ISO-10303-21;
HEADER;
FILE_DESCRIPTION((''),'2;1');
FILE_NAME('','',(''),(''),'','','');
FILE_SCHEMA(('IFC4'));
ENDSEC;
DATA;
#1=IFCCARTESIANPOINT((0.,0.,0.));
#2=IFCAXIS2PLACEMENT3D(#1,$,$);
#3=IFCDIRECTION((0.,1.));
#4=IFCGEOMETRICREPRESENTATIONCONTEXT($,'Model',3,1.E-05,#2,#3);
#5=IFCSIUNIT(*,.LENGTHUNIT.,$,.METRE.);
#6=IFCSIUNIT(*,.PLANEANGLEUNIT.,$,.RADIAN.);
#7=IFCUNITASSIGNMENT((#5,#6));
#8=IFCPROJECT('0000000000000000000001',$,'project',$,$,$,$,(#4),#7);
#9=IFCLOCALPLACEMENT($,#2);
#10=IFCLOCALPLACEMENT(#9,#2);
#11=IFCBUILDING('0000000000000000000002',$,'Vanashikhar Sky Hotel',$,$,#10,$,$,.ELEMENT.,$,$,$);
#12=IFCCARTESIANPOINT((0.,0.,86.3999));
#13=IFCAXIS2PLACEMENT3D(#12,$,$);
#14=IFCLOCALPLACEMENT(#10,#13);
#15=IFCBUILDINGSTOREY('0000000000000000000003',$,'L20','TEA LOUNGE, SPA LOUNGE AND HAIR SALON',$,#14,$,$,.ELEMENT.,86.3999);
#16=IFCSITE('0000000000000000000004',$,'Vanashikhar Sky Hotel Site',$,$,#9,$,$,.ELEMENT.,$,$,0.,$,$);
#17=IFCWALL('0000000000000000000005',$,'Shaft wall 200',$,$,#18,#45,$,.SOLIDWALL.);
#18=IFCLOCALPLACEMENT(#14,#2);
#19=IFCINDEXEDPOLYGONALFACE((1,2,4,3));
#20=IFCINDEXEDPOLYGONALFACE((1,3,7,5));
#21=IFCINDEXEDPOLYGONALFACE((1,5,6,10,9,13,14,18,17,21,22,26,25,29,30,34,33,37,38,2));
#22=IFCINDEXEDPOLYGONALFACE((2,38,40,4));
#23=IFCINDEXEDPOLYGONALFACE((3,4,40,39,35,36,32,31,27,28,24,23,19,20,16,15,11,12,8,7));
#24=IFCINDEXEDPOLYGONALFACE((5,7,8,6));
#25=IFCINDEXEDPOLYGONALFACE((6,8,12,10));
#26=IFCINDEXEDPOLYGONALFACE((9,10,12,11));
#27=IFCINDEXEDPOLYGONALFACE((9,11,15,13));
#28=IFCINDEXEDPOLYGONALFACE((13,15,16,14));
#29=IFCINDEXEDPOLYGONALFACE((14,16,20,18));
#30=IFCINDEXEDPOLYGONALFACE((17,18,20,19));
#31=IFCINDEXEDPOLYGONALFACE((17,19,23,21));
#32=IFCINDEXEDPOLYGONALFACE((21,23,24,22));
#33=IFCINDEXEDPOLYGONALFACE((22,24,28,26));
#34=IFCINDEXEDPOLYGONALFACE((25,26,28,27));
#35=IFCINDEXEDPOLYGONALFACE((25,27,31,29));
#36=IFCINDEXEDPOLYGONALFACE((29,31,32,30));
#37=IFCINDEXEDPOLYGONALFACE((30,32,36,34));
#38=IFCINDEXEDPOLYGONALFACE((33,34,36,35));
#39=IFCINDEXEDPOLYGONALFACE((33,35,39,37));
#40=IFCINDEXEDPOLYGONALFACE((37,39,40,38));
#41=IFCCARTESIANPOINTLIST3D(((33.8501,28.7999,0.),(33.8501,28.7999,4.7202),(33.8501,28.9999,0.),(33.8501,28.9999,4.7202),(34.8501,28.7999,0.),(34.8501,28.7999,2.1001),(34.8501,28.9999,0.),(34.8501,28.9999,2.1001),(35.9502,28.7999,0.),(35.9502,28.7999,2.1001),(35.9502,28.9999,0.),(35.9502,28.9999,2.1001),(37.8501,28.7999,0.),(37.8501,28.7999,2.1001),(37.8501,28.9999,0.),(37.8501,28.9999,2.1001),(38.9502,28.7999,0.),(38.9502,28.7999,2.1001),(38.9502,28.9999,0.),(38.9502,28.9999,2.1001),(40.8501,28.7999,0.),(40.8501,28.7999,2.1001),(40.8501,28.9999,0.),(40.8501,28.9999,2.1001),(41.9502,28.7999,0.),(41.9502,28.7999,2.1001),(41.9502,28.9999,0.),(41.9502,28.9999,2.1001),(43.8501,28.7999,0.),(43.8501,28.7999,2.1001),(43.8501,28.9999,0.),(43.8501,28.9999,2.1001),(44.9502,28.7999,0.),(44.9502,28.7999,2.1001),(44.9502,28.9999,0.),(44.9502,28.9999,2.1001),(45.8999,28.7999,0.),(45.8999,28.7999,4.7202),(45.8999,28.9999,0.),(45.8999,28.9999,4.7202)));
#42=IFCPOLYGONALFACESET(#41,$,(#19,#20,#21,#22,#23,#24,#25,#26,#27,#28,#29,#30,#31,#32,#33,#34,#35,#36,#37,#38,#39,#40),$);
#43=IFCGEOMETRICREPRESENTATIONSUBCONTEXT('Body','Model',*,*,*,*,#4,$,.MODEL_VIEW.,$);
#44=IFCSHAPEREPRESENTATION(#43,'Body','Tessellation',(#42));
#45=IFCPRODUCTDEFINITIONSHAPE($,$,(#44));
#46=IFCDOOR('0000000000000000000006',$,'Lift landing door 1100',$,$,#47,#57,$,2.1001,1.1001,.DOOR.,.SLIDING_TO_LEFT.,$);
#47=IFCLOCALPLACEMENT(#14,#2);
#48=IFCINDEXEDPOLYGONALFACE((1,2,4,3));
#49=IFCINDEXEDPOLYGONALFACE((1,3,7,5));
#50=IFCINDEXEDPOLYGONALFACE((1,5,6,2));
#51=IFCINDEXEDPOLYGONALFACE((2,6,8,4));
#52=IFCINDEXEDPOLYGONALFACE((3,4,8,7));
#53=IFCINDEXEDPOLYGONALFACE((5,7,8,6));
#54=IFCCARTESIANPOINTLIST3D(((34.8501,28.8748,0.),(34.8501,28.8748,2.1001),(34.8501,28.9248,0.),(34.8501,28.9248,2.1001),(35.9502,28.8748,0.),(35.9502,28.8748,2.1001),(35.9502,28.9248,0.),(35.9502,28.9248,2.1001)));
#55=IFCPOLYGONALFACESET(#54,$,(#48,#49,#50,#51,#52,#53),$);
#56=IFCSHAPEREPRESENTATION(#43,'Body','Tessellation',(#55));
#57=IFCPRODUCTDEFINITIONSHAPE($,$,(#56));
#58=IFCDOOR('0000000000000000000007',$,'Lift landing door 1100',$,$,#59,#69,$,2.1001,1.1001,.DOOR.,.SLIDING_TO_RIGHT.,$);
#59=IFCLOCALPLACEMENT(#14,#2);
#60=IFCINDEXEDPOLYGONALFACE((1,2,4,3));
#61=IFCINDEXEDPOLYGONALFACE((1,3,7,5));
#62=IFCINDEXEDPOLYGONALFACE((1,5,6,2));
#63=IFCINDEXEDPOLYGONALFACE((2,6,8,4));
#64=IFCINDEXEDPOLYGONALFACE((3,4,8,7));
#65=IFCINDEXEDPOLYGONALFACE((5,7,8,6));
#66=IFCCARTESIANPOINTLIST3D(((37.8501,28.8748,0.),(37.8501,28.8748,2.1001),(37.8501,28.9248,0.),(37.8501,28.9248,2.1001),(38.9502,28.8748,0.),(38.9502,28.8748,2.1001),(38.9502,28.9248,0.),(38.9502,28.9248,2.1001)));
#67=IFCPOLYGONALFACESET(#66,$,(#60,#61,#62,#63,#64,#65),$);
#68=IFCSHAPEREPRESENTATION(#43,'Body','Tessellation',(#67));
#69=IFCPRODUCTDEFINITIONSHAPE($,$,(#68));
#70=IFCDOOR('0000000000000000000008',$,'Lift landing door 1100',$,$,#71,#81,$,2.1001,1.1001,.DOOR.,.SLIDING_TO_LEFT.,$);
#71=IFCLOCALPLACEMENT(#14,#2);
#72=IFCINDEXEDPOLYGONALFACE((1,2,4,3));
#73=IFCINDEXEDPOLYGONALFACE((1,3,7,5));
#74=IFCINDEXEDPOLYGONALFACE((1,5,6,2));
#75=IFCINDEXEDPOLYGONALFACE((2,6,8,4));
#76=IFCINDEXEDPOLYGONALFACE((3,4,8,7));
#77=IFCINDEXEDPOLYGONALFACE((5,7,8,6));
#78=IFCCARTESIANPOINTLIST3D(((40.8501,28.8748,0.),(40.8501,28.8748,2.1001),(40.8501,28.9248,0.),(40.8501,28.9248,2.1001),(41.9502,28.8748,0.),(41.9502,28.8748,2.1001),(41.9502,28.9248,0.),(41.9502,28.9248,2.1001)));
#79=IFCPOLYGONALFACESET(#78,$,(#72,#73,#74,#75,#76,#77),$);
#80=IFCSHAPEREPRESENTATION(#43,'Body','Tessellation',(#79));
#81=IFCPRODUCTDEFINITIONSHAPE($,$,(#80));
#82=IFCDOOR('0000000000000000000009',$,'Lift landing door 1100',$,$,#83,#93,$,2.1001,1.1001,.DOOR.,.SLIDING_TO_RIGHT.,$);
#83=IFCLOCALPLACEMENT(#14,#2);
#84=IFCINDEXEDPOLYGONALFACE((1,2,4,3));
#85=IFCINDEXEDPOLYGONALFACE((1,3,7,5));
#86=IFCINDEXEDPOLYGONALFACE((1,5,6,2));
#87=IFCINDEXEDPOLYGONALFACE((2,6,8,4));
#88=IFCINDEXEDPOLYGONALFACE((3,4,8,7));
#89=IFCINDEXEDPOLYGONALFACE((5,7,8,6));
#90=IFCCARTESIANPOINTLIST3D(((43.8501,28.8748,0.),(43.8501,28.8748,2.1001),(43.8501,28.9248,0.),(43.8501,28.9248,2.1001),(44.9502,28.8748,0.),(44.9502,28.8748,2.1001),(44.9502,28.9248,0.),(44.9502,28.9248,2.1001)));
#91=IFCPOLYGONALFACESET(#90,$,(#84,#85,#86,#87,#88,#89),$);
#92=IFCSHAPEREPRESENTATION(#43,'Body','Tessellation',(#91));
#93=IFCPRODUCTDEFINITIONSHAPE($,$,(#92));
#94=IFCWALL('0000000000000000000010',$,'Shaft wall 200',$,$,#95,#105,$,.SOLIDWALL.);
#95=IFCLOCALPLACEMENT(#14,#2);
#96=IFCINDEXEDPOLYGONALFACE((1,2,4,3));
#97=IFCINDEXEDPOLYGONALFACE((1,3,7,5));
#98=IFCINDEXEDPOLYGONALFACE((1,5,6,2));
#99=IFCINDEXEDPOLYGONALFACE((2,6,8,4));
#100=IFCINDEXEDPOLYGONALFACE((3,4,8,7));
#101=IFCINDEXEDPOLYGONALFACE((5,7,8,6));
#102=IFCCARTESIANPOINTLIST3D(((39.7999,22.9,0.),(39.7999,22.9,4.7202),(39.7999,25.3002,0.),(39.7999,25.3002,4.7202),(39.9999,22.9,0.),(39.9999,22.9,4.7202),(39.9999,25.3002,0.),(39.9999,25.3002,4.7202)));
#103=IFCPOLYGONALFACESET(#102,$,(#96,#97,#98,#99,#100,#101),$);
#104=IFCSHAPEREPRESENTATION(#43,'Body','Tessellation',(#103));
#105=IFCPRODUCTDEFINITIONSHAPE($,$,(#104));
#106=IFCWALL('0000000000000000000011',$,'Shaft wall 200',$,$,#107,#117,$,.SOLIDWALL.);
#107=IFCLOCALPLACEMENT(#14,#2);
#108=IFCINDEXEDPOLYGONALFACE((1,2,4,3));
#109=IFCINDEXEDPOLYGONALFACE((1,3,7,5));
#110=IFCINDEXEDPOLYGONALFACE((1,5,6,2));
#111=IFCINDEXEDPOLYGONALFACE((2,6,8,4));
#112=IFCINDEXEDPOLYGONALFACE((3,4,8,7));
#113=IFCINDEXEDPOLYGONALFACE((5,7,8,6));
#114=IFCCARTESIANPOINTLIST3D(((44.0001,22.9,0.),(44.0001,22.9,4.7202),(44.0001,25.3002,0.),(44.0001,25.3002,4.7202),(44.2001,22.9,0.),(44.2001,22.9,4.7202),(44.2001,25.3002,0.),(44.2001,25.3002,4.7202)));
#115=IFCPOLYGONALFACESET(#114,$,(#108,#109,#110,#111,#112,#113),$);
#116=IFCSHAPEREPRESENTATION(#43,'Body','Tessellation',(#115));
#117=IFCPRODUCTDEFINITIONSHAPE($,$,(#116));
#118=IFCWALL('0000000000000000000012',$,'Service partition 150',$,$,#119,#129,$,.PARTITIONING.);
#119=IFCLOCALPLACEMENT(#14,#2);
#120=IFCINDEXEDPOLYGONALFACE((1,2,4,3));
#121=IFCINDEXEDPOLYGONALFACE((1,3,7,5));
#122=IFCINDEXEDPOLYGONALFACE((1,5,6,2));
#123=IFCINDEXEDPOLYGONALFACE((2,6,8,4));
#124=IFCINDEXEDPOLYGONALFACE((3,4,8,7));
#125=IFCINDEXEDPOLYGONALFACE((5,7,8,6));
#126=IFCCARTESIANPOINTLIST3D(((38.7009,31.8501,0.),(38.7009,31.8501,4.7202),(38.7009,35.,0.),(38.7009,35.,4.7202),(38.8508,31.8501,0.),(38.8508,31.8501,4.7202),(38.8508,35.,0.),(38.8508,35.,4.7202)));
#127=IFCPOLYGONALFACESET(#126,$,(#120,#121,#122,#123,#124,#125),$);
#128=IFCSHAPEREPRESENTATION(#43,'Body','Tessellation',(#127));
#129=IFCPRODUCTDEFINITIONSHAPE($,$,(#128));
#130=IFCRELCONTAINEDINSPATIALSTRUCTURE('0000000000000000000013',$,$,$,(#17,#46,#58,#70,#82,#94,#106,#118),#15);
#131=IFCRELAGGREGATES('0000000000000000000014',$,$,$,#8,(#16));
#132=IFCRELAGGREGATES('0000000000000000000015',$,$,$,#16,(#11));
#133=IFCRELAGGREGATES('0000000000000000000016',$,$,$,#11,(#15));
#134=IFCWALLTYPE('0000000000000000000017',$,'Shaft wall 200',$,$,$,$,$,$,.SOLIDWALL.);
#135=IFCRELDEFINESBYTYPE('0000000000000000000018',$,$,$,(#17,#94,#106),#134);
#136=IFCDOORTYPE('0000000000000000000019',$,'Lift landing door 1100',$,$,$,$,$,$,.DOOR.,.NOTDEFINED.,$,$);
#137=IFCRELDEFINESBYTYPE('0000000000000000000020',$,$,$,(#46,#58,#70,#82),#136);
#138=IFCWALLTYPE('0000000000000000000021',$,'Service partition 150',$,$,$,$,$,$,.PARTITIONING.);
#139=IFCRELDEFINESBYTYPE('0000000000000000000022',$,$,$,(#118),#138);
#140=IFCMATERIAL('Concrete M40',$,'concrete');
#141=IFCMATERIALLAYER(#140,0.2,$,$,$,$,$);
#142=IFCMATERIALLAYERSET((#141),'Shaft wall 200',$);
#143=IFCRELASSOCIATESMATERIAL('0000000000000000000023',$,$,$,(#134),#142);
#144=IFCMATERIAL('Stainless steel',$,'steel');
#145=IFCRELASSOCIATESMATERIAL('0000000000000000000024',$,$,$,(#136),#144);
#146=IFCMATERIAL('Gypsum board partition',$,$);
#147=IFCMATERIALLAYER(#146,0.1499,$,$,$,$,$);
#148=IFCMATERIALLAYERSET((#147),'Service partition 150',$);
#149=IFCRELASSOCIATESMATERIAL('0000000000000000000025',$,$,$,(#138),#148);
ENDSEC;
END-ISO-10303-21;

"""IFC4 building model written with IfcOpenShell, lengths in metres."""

from ifc_helpers import new_model, si_unit, direction, frame, frame_2d, origin, place, context, subcontext, project, spatial, rectangle, extrude, source, transform, mapped, material, layer, layer_set, type_object, element, fill, save


model = new_model("IFC4")

# Units and contexts
model_context = context("Model", 3, precision=1e-05, world=origin(), true_north=direction((0.0, 1.0)))
body_context = subcontext(model_context, "Body", "Model", "MODEL_VIEW")
ifc_project = project(units=[si_unit("LENGTHUNIT", "METRE"), si_unit("PLANEANGLEUNIT", "RADIAN")], contexts=[model_context])

# Site, building, storey
site_placement = place(None, origin())
site = spatial("IfcSite", under=ifc_project, at=site_placement, Name="Vanashikhar Sky Hotel Site", CompositionType="ELEMENT", RefElevation=0.0)
building_placement = place(site_placement, origin())
building = spatial("IfcBuilding", under=site, at=building_placement, Name="Vanashikhar Sky Hotel", CompositionType="ELEMENT")
storey_placement = place(building_placement, frame((0.0, 0.0, 86.3999)))
storey = spatial("IfcBuildingStorey", under=building, at=storey_placement, Name="L20", Description="TEA LOUNGE, SPA LOUNGE AND HAIR SALON", CompositionType="ELEMENT", Elevation=86.3999)

# Wall, openings, doors
ifc_material_1 = material(Name="Concrete M40", Category="concrete")
ifc_layer_1 = layer(ifc_material_1, 0.2)
ifc_layer_set_1 = layer_set([ifc_layer_1], Name="Shaft wall 200")
wall_type_1 = type_object("IfcWallType", Name="Shaft wall 200", PredefinedType="SOLIDWALL", material=ifc_layer_set_1)
shared_shape_1 = source(origin(), body_context, "Body", "SweptSolid", [
    extrude(rectangle(XDim=1.1001, YDim=2.1001, at=frame_2d((0.55, 1.05))), frame((0.0, 0.1099, 0.0), z_axis=(0.0, -1.0, 0.0), x_axis=(1.0, 0.0, 0.0)), (0.0, 0.0, 1.0), 0.22),
])
ifc_material_2 = material(Name="Stainless steel", Category="steel")
door_type_1 = type_object("IfcDoorType", Name="Lift landing door 1100", OperationType="NOTDEFINED", PredefinedType="DOOR", material=ifc_material_2)
shared_shape_2 = source(origin(), body_context, "Body", "SweptSolid", [
    extrude(rectangle(XDim=1.1001, YDim=2.1001, at=frame_2d((0.55, 1.05))), frame((0.0, 0.0249, 0.0), z_axis=(0.0, -1.0, 0.0), x_axis=(1.0, 0.0, 0.0)), (0.0, 0.0, 1.0), 0.05),
])
shared_shape_3 = source(origin(), body_context, "Body", "SweptSolid", [
    extrude(rectangle(XDim=12.0498, YDim=0.2, at=frame_2d((6.0249, 0.0))), origin(), (0.0, 0.0, 1.0), 4.7202),
])
wall_1_placement = place(storey_placement, frame((33.8501, 28.8999, 0.0), z_axis=(0.0, 0.0, 1.0), x_axis=(1.0, 0.0, 0.0)))
wall_1 = element("IfcWall", 1, at=wall_1_placement, inside=storey, type_object=wall_type_1, Name="Shaft wall 200", PredefinedType="SOLIDWALL", context=body_context, shape_type="MappedRepresentation", body=[
    mapped(shared_shape_3, transform((0.0, 0.0, 0.0), scale=1.0)),
])
opening_1_placement = place(wall_1_placement, frame((1.0, 0.0, 0.0)))
opening_1 = element("IfcOpeningElement", 2, at=opening_1_placement, cuts=wall_1, PredefinedType="OPENING", context=body_context, shape_type="MappedRepresentation", body=[
    mapped(shared_shape_1, transform((0.0, 0.0, 0.0), scale=1.0)),
])
opening_2_placement = place(wall_1_placement, frame((4.0, 0.0, 0.0)))
opening_2 = element("IfcOpeningElement", 3, at=opening_2_placement, cuts=wall_1, PredefinedType="OPENING", context=body_context, shape_type="MappedRepresentation", body=[
    mapped(shared_shape_1, transform((0.0, 0.0, 0.0), scale=1.0)),
])
opening_3_placement = place(wall_1_placement, frame((7.0, 0.0, 0.0)))
opening_3 = element("IfcOpeningElement", 4, at=opening_3_placement, cuts=wall_1, PredefinedType="OPENING", context=body_context, shape_type="MappedRepresentation", body=[
    mapped(shared_shape_1, transform((0.0, 0.0, 0.0), scale=1.0)),
])
opening_4_placement = place(wall_1_placement, frame((10.0, 0.0, 0.0)))
opening_4 = element("IfcOpeningElement", 5, at=opening_4_placement, cuts=wall_1, PredefinedType="OPENING", context=body_context, shape_type="MappedRepresentation", body=[
    mapped(shared_shape_1, transform((0.0, 0.0, 0.0), scale=1.0)),
])
door_1_placement = place(opening_1_placement, origin())
door_1 = element("IfcDoor", 6, at=door_1_placement, inside=storey, type_object=door_type_1, Name="Lift landing door 1100", OperationType="SLIDING_TO_LEFT", OverallHeight=2.1001, OverallWidth=1.1001, PredefinedType="DOOR", context=body_context, shape_type="MappedRepresentation", body=[
    mapped(shared_shape_2, transform((0.0, 0.0, 0.0), scale=1.0)),
])
fill(opening_1, door_1)
door_2_placement = place(opening_2_placement, origin())
door_2 = element("IfcDoor", 7, at=door_2_placement, inside=storey, type_object=door_type_1, Name="Lift landing door 1100", OperationType="SLIDING_TO_RIGHT", OverallHeight=2.1001, OverallWidth=1.1001, PredefinedType="DOOR", context=body_context, shape_type="MappedRepresentation", body=[
    mapped(shared_shape_2, transform((0.0, 0.0, 0.0), scale=1.0)),
])
fill(opening_2, door_2)
door_3_placement = place(opening_3_placement, origin())
door_3 = element("IfcDoor", 8, at=door_3_placement, inside=storey, type_object=door_type_1, Name="Lift landing door 1100", OperationType="SLIDING_TO_LEFT", OverallHeight=2.1001, OverallWidth=1.1001, PredefinedType="DOOR", context=body_context, shape_type="MappedRepresentation", body=[
    mapped(shared_shape_2, transform((0.0, 0.0, 0.0), scale=1.0)),
])
fill(opening_3, door_3)
door_4_placement = place(opening_4_placement, origin())
door_4 = element("IfcDoor", 9, at=door_4_placement, inside=storey, type_object=door_type_1, Name="Lift landing door 1100", OperationType="SLIDING_TO_RIGHT", OverallHeight=2.1001, OverallWidth=1.1001, PredefinedType="DOOR", context=body_context, shape_type="MappedRepresentation", body=[
    mapped(shared_shape_2, transform((0.0, 0.0, 0.0), scale=1.0)),
])
fill(opening_4, door_4)

# Walls
shared_shape_4 = source(origin(), body_context, "Body", "SweptSolid", [
    extrude(rectangle(XDim=2.4001, YDim=0.2, at=frame_2d((1.2002, 0.0))), origin(), (0.0, 0.0, 1.0), 4.7202),
])
for number, where, z_axis, x_axis, name in (
    (10, (39.8999, 22.8999, 0.0), (0.0, 0.0, 1.0), (0.0, 1.0, 0.0), "Shaft wall 200"),
    (11, (44.1001, 22.8999, 0.0), (0.0, 0.0, 1.0), (0.0, 1.0, 0.0), "Shaft wall 200"),
):
    element("IfcWall", number, at=place(storey_placement, frame(where, z_axis=z_axis, x_axis=x_axis)), inside=storey, type_object=wall_type_1, Name=name, PredefinedType="SOLIDWALL", context=body_context, shape_type="MappedRepresentation", body=[
        mapped(shared_shape_4, transform((0.0, 0.0, 0.0), scale=1.0)),
    ])
ifc_material_3 = material(Name="Gypsum board partition")
ifc_layer_2 = layer(ifc_material_3, 0.1499)
ifc_layer_set_2 = layer_set([ifc_layer_2], Name="Service partition 150")
wall_type_2 = type_object("IfcWallType", Name="Service partition 150", PredefinedType="PARTITIONING", material=ifc_layer_set_2)
shared_shape_5 = source(origin(), body_context, "Body", "SweptSolid", [
    extrude(rectangle(XDim=3.1499, YDim=0.1499, at=frame_2d((1.575, 0.0))), origin(), (0.0, 0.0, 1.0), 4.7202),
])
wall_2_placement = place(storey_placement, frame((38.7759, 31.8501, 0.0), z_axis=(0.0, 0.0, 1.0), x_axis=(0.0, 1.0, 0.0)))
element("IfcWall", 12, at=wall_2_placement, inside=storey, type_object=wall_type_2, Name="Service partition 150", PredefinedType="PARTITIONING", context=body_context, shape_type="MappedRepresentation", body=[
    mapped(shared_shape_5, transform((0.0, 0.0, 0.0), scale=1.0)),
])

save(model, "model.ifc")
